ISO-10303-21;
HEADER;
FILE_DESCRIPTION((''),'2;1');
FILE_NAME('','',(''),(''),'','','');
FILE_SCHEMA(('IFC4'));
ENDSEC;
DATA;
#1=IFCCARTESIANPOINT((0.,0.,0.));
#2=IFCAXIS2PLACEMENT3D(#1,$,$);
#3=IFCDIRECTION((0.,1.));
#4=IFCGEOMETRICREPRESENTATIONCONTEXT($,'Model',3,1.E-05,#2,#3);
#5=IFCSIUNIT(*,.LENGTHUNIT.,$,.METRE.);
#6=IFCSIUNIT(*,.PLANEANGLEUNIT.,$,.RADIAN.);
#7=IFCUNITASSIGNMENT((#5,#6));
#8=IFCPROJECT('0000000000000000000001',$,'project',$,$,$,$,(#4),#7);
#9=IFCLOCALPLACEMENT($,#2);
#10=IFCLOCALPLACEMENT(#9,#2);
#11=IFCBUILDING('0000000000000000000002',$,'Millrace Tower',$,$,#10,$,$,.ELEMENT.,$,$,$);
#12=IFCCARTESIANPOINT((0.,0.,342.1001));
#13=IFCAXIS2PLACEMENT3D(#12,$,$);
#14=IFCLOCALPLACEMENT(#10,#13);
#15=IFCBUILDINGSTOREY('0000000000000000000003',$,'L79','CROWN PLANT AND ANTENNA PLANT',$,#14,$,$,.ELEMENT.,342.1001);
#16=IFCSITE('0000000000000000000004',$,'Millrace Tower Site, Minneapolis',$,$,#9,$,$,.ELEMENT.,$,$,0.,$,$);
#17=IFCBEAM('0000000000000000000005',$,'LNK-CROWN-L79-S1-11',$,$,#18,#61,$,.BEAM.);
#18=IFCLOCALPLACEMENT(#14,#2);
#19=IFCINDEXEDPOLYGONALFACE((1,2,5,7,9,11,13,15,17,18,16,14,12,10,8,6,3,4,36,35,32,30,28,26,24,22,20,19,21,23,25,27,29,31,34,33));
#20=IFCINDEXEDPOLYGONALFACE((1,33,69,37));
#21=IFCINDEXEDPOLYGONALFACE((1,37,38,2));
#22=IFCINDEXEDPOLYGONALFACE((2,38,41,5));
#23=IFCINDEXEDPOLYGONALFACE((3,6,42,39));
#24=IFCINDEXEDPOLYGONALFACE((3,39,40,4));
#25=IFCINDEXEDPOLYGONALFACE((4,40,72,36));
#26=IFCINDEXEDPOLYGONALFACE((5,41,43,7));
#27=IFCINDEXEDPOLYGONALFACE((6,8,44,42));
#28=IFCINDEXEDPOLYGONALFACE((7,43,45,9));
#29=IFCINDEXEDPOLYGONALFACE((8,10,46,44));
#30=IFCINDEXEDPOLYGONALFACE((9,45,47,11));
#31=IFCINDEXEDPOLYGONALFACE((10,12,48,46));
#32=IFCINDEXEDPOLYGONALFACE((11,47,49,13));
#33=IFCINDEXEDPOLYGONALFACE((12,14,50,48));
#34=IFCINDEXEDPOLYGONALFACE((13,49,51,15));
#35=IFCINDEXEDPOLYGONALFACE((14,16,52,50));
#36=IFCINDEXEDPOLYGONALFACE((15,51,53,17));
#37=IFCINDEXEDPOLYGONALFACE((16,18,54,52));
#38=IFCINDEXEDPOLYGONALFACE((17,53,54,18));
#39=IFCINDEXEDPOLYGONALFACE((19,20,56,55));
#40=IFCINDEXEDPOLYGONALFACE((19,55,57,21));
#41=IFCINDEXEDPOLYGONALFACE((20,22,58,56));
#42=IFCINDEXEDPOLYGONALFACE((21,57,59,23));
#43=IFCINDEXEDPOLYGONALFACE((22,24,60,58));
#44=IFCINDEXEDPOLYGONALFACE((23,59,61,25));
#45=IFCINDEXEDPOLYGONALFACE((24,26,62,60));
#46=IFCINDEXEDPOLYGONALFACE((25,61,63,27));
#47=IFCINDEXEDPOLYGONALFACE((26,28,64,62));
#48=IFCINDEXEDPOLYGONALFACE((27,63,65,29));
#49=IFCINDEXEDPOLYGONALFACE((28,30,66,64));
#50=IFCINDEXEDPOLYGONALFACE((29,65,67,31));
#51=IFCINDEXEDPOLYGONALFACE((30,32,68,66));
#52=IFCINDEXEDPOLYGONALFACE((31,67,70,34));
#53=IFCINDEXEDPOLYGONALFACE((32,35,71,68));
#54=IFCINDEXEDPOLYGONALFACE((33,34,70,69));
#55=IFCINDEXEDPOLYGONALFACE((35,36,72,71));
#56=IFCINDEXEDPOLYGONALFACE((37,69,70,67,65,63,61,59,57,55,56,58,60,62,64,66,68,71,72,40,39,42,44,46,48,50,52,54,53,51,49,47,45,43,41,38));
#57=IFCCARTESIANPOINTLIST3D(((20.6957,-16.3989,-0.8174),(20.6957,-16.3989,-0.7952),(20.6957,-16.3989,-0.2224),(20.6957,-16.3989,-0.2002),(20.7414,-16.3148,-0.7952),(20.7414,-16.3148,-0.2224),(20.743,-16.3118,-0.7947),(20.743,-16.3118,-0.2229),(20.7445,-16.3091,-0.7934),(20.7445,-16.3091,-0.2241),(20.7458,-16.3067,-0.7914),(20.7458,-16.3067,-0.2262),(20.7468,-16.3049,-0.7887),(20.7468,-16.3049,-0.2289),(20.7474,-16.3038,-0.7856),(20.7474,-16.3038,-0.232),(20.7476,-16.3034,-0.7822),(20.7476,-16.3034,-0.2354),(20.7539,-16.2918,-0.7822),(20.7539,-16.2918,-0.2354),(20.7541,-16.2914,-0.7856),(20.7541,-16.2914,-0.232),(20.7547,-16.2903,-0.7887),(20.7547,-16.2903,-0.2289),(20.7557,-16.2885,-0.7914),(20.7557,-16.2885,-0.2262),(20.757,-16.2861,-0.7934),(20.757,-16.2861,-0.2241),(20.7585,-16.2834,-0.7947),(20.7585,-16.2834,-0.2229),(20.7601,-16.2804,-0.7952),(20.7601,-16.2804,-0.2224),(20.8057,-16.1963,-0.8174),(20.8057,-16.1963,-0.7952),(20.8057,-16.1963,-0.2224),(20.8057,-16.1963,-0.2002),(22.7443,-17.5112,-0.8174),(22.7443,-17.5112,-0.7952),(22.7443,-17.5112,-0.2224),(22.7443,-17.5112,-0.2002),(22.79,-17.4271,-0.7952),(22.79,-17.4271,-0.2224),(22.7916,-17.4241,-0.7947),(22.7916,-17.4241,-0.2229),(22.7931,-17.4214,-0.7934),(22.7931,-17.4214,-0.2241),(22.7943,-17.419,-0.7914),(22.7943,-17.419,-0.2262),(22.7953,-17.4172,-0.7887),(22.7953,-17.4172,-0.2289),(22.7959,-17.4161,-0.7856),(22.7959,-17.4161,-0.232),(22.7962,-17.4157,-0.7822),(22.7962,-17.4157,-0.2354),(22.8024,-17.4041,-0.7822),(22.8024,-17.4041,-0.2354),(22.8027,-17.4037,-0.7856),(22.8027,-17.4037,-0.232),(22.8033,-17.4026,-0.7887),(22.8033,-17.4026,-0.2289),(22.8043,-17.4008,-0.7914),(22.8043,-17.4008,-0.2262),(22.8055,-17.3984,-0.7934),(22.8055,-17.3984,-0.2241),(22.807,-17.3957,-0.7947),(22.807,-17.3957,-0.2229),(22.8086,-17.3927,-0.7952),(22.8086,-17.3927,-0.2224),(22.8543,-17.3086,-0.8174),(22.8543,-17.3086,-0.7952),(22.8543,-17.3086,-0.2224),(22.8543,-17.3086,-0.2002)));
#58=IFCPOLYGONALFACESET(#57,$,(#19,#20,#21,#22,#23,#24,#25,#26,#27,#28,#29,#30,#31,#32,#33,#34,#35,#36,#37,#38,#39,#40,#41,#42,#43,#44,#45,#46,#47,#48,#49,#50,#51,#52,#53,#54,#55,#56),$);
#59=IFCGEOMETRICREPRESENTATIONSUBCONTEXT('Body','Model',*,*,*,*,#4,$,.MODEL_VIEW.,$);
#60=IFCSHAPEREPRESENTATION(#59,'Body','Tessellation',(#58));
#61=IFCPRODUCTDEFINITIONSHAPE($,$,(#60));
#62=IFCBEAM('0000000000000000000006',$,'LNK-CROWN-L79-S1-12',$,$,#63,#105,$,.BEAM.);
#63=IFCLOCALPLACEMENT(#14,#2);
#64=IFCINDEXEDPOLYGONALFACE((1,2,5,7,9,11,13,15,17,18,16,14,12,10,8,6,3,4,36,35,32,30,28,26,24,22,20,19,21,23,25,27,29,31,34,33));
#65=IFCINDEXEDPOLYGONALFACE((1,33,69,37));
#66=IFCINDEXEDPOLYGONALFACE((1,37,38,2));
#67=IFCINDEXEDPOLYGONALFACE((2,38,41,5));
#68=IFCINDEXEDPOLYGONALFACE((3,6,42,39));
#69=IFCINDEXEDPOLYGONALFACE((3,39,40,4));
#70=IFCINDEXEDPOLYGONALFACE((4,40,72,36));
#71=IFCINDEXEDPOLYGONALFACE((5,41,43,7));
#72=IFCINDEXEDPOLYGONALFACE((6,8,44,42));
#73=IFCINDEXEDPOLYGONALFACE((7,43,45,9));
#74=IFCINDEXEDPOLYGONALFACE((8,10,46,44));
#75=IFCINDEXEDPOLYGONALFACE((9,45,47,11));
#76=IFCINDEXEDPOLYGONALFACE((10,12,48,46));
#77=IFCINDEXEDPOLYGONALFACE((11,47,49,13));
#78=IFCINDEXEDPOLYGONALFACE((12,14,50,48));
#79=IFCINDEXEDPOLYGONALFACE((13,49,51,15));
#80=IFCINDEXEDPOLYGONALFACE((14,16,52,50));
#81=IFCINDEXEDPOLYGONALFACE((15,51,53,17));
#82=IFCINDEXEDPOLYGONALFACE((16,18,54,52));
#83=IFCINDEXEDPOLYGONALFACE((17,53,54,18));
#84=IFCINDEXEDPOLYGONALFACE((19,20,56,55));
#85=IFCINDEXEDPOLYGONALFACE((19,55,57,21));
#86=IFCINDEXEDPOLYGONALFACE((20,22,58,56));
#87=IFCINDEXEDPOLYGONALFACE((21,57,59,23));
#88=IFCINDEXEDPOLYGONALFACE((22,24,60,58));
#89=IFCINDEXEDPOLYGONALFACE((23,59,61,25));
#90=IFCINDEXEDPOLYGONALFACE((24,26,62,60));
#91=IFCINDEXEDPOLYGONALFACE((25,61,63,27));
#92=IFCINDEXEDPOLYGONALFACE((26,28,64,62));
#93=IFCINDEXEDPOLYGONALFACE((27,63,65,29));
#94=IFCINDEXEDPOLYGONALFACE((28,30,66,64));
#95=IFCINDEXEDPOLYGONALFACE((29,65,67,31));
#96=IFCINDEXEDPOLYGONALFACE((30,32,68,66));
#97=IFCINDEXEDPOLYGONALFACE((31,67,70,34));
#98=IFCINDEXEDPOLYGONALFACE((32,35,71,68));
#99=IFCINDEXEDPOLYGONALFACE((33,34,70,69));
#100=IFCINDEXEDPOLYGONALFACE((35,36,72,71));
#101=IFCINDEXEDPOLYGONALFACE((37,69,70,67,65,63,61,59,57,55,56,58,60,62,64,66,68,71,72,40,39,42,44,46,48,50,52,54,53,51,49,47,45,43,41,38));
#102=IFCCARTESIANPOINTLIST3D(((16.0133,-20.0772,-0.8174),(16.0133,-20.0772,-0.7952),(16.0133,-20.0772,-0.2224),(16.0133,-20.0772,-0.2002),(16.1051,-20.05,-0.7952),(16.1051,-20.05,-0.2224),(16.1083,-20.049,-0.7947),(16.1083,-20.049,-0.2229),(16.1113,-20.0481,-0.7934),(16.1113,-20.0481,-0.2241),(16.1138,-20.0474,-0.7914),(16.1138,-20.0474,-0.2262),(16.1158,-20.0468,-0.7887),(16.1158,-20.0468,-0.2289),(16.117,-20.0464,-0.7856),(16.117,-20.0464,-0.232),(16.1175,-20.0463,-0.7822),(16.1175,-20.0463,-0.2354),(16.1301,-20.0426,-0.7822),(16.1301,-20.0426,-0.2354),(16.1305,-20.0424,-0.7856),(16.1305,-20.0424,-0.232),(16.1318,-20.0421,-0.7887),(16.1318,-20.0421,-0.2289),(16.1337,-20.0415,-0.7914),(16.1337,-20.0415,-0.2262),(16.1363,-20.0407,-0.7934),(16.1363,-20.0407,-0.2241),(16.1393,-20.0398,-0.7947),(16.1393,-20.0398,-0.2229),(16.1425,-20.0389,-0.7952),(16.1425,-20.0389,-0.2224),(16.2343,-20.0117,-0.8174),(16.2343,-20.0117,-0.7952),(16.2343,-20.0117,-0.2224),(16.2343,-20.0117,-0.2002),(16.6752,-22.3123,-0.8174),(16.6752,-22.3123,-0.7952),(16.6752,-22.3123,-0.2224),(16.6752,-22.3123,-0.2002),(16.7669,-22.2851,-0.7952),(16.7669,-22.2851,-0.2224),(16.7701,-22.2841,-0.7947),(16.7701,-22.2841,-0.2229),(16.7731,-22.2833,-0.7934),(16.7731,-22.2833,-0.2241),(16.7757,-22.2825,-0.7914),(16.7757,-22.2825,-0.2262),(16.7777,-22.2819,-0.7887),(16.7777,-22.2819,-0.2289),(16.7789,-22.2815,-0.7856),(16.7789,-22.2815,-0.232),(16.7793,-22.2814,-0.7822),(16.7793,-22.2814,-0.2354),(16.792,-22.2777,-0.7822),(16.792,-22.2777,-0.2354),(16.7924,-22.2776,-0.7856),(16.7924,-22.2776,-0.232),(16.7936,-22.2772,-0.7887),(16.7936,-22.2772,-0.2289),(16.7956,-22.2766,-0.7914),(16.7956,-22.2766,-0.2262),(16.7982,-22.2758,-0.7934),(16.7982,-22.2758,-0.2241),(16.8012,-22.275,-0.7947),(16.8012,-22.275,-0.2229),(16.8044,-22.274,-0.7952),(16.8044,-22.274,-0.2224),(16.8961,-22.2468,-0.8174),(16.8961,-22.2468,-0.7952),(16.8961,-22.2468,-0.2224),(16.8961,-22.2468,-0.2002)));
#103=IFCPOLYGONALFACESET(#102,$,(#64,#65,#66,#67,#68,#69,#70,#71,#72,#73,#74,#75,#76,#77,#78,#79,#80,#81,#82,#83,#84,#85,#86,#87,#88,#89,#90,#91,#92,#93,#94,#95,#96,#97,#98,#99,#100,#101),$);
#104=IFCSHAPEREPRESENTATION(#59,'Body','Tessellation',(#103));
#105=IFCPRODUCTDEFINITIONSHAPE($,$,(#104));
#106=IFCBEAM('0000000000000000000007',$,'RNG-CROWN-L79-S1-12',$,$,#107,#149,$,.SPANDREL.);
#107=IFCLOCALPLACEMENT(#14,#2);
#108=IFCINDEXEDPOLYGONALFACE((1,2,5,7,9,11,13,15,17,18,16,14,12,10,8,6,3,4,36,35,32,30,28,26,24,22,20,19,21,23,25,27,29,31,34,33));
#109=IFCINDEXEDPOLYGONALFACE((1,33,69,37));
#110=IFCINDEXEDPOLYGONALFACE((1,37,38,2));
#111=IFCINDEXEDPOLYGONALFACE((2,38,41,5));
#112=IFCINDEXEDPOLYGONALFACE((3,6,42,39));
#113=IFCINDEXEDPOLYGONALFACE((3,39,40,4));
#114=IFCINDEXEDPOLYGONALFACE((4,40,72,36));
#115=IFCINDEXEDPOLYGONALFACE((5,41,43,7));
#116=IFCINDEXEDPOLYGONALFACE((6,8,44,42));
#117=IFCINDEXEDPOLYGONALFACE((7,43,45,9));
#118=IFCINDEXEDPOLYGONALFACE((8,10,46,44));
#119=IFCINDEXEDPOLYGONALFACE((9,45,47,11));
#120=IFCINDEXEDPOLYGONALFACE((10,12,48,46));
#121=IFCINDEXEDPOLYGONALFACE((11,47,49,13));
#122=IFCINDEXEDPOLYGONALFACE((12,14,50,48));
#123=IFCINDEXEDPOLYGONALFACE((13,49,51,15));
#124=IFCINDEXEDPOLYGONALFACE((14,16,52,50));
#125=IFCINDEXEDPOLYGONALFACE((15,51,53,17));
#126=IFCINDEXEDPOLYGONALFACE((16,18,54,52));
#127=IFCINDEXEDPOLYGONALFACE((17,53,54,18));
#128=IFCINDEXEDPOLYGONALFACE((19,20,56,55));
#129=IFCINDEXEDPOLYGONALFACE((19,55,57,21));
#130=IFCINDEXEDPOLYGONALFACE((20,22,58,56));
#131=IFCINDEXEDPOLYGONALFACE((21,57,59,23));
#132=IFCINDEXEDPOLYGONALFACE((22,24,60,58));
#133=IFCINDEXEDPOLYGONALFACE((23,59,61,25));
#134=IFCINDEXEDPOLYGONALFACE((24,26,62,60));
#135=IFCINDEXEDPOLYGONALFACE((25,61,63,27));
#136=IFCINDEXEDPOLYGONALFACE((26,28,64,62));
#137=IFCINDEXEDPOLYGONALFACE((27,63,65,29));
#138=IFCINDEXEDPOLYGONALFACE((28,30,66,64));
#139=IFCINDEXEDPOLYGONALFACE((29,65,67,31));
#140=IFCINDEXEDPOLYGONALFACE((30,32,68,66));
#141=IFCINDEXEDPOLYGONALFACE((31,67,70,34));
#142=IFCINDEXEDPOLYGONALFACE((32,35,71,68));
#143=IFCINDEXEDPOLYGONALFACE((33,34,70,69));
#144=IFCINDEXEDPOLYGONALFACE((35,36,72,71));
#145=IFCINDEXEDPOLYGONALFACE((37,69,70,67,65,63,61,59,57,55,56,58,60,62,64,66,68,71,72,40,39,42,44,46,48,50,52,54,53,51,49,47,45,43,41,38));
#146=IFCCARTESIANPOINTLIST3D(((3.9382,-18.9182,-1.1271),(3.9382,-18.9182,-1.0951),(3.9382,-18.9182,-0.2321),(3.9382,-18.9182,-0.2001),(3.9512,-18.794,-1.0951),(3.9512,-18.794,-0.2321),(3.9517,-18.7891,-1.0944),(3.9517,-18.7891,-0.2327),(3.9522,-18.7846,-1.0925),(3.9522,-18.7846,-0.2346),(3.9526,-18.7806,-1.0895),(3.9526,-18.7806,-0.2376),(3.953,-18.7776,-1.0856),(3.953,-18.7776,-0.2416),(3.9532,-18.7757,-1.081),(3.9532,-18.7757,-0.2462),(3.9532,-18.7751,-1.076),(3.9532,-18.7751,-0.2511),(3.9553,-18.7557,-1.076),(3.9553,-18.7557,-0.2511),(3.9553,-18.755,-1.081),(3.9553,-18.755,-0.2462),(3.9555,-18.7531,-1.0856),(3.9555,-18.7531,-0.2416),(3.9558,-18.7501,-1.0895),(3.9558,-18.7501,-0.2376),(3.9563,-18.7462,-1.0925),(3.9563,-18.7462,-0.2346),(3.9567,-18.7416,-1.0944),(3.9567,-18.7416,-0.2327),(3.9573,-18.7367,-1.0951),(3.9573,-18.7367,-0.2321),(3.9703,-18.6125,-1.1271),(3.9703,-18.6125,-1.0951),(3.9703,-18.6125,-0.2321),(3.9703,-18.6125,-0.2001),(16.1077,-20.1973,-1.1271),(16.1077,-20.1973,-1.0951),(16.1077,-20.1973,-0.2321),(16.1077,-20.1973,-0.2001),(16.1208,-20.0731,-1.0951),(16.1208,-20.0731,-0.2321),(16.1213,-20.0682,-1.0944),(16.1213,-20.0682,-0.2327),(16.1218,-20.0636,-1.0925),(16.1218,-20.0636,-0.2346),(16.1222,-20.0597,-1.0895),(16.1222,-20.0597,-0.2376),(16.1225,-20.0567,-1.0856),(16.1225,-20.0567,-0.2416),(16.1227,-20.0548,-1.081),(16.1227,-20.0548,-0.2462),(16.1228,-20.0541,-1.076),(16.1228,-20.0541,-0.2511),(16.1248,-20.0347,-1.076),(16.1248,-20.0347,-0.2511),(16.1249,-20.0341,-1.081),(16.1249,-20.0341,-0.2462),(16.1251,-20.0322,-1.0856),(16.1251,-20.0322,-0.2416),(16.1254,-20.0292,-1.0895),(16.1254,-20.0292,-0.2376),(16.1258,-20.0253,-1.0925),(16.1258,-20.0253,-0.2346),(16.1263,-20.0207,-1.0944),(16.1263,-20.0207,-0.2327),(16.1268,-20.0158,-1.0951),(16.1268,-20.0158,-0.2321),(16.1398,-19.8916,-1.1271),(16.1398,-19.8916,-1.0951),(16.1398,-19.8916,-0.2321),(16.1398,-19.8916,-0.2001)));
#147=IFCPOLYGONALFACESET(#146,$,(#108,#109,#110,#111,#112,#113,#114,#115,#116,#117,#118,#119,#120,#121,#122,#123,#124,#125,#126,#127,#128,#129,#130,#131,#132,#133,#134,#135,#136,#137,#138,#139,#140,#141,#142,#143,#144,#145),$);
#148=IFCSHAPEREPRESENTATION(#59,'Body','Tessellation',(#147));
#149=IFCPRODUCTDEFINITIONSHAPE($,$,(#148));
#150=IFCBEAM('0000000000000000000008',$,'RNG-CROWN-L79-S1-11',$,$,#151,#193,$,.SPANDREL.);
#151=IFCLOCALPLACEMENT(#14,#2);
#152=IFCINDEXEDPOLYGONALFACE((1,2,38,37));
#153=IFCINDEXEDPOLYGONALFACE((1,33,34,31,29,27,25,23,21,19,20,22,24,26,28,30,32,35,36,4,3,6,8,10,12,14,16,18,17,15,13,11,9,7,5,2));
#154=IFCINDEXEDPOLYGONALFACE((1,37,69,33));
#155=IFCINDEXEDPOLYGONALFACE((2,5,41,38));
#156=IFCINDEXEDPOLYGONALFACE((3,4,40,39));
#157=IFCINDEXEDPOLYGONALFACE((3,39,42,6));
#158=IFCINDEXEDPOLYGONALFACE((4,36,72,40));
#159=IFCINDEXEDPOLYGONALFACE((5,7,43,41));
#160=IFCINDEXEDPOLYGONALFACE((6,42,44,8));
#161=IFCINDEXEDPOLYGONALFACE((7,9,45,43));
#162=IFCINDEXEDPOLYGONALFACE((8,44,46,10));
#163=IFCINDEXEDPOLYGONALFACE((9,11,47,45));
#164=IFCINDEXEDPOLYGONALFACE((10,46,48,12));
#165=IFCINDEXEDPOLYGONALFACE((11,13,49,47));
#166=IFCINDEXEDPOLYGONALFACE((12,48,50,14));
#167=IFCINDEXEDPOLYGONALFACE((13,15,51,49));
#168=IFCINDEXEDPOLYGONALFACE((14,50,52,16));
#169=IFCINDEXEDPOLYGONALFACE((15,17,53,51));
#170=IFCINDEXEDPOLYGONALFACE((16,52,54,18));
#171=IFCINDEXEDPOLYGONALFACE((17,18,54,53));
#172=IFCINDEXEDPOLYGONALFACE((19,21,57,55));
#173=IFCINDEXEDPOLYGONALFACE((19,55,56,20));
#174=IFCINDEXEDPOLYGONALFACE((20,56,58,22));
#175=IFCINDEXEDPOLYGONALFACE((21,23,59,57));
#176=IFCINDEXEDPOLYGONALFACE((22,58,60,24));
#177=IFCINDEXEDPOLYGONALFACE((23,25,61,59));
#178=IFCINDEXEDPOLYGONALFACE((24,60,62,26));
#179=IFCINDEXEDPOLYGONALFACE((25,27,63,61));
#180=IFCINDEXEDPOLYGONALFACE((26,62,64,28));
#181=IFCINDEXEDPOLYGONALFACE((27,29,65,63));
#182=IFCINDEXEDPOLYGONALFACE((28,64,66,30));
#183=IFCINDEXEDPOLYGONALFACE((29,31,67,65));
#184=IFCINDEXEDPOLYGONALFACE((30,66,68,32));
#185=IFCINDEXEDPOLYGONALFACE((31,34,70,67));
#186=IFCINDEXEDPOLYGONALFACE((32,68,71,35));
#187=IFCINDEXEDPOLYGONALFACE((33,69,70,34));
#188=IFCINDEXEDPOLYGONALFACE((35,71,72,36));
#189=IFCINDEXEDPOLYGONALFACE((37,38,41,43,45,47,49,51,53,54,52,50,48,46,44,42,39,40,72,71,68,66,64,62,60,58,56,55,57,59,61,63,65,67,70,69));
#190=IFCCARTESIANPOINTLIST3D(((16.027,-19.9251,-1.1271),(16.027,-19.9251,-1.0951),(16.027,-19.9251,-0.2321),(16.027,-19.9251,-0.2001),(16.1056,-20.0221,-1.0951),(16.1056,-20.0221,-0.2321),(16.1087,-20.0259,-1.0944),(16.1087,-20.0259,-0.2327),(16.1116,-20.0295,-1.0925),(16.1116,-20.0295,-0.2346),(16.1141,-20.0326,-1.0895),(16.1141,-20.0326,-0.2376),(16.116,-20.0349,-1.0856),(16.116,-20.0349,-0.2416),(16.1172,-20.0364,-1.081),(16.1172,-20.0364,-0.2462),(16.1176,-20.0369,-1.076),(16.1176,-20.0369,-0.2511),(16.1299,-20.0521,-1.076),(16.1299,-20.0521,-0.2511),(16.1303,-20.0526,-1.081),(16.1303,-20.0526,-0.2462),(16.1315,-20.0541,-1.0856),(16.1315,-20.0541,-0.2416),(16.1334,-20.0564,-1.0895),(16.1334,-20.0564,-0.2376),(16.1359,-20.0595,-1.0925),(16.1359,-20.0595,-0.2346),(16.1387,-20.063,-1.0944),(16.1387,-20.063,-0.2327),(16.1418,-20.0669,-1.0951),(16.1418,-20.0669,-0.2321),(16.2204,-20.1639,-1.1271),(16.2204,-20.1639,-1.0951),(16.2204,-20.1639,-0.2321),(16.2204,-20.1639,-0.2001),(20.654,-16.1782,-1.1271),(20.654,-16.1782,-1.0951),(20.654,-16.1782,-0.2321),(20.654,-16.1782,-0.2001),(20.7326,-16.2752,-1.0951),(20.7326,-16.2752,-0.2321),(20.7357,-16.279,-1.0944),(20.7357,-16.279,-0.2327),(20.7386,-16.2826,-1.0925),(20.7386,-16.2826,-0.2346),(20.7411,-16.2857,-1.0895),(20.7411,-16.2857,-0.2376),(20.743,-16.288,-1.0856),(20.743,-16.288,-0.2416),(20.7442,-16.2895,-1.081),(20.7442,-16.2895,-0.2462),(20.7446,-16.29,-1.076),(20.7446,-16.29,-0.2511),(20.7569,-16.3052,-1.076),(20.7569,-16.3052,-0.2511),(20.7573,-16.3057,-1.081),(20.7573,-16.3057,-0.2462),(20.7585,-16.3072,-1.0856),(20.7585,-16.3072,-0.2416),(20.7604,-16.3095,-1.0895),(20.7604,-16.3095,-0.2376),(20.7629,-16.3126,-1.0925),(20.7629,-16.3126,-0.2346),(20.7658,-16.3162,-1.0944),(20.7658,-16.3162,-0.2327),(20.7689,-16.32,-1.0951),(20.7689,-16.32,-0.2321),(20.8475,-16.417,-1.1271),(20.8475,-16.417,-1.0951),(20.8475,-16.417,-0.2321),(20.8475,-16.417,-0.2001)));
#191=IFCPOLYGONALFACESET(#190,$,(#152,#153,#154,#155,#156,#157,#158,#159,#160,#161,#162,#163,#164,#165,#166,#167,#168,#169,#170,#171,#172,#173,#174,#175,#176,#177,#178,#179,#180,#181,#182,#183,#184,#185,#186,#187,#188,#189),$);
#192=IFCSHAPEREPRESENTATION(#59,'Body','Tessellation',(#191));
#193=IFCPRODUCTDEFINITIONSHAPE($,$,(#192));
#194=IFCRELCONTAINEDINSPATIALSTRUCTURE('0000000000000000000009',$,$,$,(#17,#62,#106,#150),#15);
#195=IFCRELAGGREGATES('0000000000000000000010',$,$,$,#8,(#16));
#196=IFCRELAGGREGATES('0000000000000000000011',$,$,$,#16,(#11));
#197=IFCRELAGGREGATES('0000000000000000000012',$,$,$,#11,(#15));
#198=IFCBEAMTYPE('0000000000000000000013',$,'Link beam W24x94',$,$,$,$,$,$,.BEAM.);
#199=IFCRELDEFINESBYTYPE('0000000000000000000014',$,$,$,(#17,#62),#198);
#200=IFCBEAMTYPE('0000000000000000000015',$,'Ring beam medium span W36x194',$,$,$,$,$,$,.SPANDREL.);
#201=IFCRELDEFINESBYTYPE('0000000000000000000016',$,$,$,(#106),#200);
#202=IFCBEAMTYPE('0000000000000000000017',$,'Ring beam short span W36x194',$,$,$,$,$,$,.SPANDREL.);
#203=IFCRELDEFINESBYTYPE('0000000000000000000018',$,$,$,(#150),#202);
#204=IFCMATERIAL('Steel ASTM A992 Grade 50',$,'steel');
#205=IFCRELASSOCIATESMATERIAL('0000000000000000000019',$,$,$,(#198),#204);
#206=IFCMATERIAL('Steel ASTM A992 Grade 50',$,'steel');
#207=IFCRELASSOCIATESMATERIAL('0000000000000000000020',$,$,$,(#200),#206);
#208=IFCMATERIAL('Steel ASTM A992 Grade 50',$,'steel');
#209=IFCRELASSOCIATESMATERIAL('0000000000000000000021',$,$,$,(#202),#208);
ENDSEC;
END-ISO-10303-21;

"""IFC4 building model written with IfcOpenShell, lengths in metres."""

from ifc_helpers import new_model, si_unit, direction, frame, origin, origin_2d, place, context, subcontext, project, spatial, i_section, extrude, material, material_profile, profile_set, type_object, element, save


model = new_model("IFC4")

# Units and contexts
model_context = context("Model", 3, precision=1e-05, world=origin(), true_north=direction((0.0, 1.0)))
body_context = subcontext(model_context, "Body", "Model", "MODEL_VIEW")
ifc_project = project(units=[si_unit("LENGTHUNIT", "METRE"), si_unit("PLANEANGLEUNIT", "RADIAN")], contexts=[model_context])

# Site, building, storey
site_placement = place(None, origin())
site = spatial("IfcSite", under=ifc_project, at=site_placement, Name="Millrace Tower Site, Minneapolis", CompositionType="ELEMENT", RefElevation=0.0)
building_placement = place(site_placement, origin())
building = spatial("IfcBuilding", under=site, at=building_placement, Name="Millrace Tower", CompositionType="ELEMENT")
storey_placement = place(building_placement, frame((0.0, 0.0, 342.1001)))
storey = spatial("IfcBuildingStorey", under=building, at=storey_placement, Name="L79", Description="CROWN PLANT AND ANTENNA PLANT", CompositionType="ELEMENT", Elevation=342.1001)

# Beams
ifc_material_1 = material(Name="Steel ASTM A992 Grade 50", Category="steel")
ifc_material_profile_1 = material_profile(ifc_material_1, i_section(OverallWidth=0.2305, OverallDepth=0.6172, WebThickness=0.0132, FlangeThickness=0.0222, FilletRadius=0.0129, at=origin_2d()))
ifc_profile_set_1 = profile_set([ifc_material_profile_1], Name="Steel ASTM A992 Grade 50")
beam_type_1 = type_object("IfcBeamType", Name="Link beam W24x94", PredefinedType="BEAM", material=ifc_profile_set_1)
for number, where, z_axis, x_axis, name in (
    (1, (20.7507, -16.2976, -0.5088), (0.878815, -0.477164, 0.0), (0.477164, 0.878815, 0.0), "LNK-CROWN-L79-S1-11"),
    (2, (16.1238, -20.0444, -0.5088), (0.283935, -0.958844, 0.0), (0.958844, 0.283935, 0.0), "LNK-CROWN-L79-S1-12"),
):
    element("IfcBeam", number, at=place(storey_placement, frame(where, z_axis=z_axis, x_axis=x_axis)), inside=storey, type_object=beam_type_1, Name=name, PredefinedType="BEAM", context=body_context, shape_type="SweptSolid", body=[
        extrude(i_section(OverallWidth=0.2305, OverallDepth=0.6172, WebThickness=0.0132, FlangeThickness=0.0222, FilletRadius=0.0129, at=origin_2d()), origin(), (0.0, 0.0, 1.0), 2.3311),
    ])
ifc_material_2 = material(Name="Steel ASTM A992 Grade 50", Category="steel")
ifc_material_profile_2 = material_profile(ifc_material_2, i_section(OverallWidth=0.3074, OverallDepth=0.927, WebThickness=0.0195, FlangeThickness=0.032, FilletRadius=0.019, at=origin_2d()))
ifc_profile_set_2 = profile_set([ifc_material_profile_2], Name="Steel ASTM A992 Grade 50")
beam_type_2 = type_object("IfcBeamType", Name="Ring beam medium span W36x194", PredefinedType="SPANDREL", material=ifc_profile_set_2)
beam_1_placement = place(storey_placement, frame((16.1238, -20.0444, -0.6636), z_axis=(-0.994522, 0.104528, 0.0), x_axis=(-0.104528, -0.994522, 0.0)))
element("IfcBeam", 3, at=beam_1_placement, inside=storey, type_object=beam_type_2, Name="RNG-CROWN-L79-S1-12", PredefinedType="SPANDREL", context=body_context, shape_type="SweptSolid", body=[
    extrude(i_section(OverallWidth=0.3074, OverallDepth=0.927, WebThickness=0.0195, FlangeThickness=0.032, FilletRadius=0.019, at=origin_2d()), origin(), (0.0, 0.0, 1.0), 12.2366),
])
ifc_material_3 = material(Name="Steel ASTM A992 Grade 50", Category="steel")
ifc_material_profile_3 = material_profile(ifc_material_3, i_section(OverallWidth=0.3074, OverallDepth=0.927, WebThickness=0.0195, FlangeThickness=0.032, FilletRadius=0.019, at=origin_2d()))
ifc_profile_set_3 = profile_set([ifc_material_profile_3], Name="Steel ASTM A992 Grade 50")
beam_type_3 = type_object("IfcBeamType", Name="Ring beam short span W36x194", PredefinedType="SPANDREL", material=ifc_profile_set_3)
beam_2_placement = place(storey_placement, frame((20.7507, -16.2976, -0.6636), z_axis=(-0.777147, -0.62932, 0.0), x_axis=(0.62932, -0.777147, 0.0)))
element("IfcBeam", 4, at=beam_2_placement, inside=storey, type_object=beam_type_3, Name="RNG-CROWN-L79-S1-11", PredefinedType="SPANDREL", context=body_context, shape_type="SweptSolid", body=[
    extrude(i_section(OverallWidth=0.3074, OverallDepth=0.927, WebThickness=0.0195, FlangeThickness=0.032, FilletRadius=0.019, at=origin_2d()), origin(), (0.0, 0.0, 1.0), 5.9539),
])

save(model, "model.ifc")
